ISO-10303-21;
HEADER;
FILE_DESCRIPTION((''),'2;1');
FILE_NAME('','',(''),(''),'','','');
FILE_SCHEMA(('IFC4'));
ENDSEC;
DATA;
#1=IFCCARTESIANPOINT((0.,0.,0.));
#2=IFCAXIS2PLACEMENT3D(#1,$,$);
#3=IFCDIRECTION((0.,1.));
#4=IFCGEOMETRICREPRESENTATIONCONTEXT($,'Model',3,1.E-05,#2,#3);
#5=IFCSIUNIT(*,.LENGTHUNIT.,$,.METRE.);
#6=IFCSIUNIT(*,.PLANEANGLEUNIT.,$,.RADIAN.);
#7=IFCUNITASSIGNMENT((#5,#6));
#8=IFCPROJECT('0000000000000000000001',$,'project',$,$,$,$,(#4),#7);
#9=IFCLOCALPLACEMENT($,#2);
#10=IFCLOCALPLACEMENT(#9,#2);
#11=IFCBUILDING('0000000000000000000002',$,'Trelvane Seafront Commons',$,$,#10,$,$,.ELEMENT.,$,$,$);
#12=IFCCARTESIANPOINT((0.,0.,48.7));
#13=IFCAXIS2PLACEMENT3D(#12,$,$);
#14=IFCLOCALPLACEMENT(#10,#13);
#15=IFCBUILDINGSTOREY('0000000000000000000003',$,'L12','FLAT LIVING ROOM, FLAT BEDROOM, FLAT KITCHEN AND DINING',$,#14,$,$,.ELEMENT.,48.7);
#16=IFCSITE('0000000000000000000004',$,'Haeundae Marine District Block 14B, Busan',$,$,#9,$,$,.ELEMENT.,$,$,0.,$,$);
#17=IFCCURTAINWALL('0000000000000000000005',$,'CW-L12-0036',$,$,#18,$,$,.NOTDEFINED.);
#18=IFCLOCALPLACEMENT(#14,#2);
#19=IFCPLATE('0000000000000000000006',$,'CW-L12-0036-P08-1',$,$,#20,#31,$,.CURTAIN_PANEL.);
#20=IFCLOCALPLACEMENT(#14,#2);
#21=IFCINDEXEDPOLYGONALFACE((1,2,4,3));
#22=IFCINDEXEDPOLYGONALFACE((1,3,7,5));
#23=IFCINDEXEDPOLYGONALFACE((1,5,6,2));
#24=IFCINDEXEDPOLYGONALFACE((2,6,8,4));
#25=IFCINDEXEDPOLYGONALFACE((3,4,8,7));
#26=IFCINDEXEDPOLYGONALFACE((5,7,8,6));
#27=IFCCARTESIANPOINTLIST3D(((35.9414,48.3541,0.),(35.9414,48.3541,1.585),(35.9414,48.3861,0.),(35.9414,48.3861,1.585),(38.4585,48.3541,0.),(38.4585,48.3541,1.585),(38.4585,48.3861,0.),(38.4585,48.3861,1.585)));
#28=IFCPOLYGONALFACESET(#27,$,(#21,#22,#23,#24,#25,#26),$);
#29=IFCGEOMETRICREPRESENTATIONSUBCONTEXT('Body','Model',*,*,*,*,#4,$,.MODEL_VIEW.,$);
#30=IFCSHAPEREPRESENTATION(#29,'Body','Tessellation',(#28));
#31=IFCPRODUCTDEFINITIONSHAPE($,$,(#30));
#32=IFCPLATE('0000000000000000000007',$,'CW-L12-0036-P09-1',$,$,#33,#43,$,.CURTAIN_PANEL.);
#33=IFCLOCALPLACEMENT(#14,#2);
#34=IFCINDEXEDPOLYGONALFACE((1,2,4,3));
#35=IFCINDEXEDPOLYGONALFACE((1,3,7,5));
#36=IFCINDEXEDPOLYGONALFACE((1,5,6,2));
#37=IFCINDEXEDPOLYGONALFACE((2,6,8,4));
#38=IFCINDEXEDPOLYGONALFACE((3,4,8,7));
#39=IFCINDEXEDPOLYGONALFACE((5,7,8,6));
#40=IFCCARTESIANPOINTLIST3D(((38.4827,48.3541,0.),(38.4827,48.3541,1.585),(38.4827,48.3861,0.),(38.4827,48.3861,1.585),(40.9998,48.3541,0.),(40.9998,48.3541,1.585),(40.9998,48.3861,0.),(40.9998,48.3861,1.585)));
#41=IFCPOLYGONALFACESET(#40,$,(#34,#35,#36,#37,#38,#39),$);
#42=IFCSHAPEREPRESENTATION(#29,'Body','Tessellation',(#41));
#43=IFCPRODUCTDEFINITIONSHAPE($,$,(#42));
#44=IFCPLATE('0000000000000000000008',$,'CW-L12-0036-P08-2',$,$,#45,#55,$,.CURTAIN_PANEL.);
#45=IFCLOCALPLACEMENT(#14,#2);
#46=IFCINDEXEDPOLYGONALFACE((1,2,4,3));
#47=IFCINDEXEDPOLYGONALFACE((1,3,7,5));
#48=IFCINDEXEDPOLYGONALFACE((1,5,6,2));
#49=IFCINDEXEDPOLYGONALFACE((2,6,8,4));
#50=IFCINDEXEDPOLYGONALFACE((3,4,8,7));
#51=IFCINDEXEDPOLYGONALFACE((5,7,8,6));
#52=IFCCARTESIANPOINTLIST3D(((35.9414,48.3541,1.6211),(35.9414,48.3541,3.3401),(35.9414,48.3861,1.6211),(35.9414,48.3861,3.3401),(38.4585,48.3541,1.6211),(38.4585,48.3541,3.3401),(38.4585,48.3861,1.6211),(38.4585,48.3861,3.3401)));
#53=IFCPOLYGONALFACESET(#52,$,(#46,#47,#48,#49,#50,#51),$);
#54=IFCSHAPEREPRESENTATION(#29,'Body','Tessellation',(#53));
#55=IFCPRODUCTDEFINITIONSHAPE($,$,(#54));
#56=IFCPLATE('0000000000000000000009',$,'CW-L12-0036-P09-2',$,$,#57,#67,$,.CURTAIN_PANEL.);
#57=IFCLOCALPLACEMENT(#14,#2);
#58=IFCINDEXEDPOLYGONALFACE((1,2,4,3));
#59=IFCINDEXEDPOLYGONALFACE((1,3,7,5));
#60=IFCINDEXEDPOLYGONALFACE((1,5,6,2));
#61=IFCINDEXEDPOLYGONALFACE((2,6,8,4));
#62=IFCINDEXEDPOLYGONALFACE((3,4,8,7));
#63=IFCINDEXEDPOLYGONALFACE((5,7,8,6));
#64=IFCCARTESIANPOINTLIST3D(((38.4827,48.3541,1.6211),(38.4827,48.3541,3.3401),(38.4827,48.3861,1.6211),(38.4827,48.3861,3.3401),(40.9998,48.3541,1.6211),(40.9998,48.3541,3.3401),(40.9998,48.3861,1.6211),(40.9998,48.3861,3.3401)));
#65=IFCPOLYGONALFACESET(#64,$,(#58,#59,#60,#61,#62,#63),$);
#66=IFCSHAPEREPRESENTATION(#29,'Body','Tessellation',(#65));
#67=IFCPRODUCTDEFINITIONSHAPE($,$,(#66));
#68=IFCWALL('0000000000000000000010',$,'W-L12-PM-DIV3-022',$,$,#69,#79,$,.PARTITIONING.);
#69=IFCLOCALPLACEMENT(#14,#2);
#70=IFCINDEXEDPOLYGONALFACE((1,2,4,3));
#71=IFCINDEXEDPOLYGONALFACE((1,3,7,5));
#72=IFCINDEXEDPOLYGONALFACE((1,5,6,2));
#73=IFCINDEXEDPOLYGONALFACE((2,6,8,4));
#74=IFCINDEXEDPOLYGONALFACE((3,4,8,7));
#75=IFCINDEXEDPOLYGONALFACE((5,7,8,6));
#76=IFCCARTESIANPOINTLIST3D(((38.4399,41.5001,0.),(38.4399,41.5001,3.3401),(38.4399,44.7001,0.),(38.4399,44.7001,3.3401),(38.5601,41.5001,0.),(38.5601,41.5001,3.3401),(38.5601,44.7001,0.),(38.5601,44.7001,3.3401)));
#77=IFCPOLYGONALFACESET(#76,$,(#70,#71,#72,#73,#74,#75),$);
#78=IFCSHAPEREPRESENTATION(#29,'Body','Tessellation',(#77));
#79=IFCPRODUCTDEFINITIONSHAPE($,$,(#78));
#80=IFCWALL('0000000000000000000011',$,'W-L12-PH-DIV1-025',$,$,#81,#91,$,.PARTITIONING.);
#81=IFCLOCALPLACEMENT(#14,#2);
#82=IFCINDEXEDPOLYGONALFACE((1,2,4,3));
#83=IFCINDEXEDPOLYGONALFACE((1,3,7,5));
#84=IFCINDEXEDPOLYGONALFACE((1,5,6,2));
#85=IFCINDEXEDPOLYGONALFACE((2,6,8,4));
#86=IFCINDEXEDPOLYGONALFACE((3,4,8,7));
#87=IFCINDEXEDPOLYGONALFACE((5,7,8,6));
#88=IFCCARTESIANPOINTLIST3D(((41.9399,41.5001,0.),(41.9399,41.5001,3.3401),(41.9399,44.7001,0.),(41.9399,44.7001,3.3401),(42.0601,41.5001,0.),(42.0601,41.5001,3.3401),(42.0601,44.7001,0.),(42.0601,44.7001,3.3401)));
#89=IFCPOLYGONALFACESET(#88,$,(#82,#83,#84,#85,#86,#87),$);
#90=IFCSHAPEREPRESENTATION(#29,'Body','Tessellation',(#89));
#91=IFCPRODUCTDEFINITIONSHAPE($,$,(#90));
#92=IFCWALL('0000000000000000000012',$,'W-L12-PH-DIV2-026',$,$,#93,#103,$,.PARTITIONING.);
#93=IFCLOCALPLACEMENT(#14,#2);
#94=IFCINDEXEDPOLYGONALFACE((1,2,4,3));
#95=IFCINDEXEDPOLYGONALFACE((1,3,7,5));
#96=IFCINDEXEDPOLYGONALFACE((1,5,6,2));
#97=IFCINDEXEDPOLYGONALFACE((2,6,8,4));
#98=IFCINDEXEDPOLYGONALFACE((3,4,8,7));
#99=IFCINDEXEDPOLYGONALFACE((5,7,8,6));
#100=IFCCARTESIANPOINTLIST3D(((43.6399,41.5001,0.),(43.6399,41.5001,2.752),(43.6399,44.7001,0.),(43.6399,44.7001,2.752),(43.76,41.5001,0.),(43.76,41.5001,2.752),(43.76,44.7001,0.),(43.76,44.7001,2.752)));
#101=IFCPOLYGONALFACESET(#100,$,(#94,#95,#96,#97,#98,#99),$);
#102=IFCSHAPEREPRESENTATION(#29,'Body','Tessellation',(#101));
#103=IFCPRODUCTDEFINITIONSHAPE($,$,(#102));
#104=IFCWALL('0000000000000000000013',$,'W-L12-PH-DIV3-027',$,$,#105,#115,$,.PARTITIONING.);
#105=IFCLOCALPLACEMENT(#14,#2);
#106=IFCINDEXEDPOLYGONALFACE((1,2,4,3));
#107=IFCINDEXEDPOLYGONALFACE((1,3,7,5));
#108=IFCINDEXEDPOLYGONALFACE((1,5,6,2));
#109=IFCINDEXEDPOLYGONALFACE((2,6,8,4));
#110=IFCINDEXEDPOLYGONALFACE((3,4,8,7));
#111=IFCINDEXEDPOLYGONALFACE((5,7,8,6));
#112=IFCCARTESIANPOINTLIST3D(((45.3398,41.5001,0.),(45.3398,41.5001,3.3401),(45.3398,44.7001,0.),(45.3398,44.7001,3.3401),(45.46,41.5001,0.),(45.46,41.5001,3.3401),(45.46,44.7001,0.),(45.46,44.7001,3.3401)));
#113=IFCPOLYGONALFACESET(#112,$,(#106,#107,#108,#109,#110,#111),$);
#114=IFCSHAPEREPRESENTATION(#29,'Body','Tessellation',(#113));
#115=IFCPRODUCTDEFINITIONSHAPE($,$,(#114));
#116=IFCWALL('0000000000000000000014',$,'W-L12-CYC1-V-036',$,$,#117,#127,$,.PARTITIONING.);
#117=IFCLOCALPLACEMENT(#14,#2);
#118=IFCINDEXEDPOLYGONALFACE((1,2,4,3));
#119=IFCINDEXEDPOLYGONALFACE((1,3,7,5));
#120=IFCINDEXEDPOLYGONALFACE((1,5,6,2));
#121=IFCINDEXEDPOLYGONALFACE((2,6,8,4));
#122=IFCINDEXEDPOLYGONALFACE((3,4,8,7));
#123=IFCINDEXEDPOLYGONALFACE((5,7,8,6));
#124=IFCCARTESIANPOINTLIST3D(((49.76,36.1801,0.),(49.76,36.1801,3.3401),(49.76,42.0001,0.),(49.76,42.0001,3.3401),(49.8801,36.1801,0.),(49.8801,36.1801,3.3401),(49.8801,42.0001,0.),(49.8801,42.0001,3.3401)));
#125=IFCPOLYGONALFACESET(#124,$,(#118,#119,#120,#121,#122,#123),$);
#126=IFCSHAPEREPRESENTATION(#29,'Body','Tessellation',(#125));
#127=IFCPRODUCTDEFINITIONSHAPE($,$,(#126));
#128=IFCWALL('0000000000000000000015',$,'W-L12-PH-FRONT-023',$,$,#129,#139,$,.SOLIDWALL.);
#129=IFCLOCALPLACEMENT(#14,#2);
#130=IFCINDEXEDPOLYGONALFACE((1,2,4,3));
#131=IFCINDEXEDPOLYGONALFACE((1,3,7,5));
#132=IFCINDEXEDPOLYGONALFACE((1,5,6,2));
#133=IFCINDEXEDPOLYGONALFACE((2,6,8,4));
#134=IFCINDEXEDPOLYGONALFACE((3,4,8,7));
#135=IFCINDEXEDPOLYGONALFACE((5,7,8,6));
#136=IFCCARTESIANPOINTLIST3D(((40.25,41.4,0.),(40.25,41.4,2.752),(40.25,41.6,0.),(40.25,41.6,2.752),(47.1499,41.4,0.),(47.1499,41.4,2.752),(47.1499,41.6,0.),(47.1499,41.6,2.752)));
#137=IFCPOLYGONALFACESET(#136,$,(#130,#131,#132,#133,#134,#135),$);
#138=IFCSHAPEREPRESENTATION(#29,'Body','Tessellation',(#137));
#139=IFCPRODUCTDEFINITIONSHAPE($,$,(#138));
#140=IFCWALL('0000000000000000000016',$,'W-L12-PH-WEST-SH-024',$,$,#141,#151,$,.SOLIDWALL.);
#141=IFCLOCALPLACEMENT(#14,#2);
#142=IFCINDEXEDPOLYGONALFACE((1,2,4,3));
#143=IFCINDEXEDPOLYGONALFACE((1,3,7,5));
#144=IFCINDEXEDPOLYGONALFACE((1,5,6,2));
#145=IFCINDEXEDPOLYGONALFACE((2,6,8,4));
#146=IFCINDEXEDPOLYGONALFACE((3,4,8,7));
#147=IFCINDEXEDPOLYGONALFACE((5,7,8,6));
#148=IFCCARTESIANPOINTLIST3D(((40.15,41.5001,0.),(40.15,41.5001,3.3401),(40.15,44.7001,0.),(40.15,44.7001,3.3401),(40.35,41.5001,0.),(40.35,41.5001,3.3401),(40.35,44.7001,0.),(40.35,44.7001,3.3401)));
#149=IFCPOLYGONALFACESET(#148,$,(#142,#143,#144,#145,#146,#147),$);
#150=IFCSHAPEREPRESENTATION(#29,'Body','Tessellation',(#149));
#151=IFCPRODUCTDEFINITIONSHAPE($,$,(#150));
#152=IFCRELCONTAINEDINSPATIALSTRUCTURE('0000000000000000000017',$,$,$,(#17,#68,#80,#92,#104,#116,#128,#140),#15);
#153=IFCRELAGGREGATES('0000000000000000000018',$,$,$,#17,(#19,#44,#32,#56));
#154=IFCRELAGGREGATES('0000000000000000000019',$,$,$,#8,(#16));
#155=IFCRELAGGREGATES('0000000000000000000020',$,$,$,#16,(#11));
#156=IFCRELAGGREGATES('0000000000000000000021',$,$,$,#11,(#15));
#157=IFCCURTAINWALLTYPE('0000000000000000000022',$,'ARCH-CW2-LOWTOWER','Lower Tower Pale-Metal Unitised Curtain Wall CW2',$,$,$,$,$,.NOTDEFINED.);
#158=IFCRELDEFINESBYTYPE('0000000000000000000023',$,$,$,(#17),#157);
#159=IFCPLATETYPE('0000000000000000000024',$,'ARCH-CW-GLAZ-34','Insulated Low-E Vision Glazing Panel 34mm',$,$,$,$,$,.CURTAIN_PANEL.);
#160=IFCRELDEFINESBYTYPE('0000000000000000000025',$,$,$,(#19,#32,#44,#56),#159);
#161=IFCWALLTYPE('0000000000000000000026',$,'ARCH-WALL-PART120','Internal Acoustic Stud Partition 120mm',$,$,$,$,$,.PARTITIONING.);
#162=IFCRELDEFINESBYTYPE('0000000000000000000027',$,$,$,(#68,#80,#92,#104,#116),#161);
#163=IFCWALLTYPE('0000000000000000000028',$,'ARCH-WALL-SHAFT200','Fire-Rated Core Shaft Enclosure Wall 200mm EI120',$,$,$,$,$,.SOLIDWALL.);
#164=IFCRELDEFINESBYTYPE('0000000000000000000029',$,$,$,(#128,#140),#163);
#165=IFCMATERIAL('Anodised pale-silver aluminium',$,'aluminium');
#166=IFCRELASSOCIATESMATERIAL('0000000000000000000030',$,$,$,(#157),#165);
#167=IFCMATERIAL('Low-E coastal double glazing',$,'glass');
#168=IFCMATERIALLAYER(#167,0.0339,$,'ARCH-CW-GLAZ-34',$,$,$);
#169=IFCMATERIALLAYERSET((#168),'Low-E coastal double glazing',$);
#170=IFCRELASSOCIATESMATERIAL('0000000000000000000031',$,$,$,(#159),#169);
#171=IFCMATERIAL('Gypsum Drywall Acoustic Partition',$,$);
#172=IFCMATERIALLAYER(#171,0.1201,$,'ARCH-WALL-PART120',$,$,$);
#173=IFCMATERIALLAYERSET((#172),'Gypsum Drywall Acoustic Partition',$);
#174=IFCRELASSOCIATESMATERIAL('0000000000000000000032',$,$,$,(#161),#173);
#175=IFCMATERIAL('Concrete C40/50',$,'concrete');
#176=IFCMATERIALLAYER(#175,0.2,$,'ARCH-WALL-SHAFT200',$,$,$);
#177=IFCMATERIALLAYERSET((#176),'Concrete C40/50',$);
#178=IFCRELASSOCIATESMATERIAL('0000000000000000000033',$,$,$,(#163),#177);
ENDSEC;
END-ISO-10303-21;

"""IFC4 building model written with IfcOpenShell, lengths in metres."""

from ifc_helpers import new_model, si_unit, direction, frame, frame_2d, origin, origin_2d, place, context, subcontext, project, spatial, rectangle, extrude, source, transform, mapped, material, layer, layer_set, type_object, element, aggregate, save


model = new_model("IFC4")

# Units and contexts
model_context = context("Model", 3, precision=1e-05, world=origin(), true_north=direction((0.0, 1.0)))
body_context = subcontext(model_context, "Body", "Model", "MODEL_VIEW")
ifc_project = project(units=[si_unit("LENGTHUNIT", "METRE"), si_unit("PLANEANGLEUNIT", "RADIAN")], contexts=[model_context])

# Site, building, storey
site_placement = place(None, origin())
site = spatial("IfcSite", under=ifc_project, at=site_placement, Name="Haeundae Marine District Block 14B, Busan", CompositionType="ELEMENT", RefElevation=0.0)
building_placement = place(site_placement, origin())
building = spatial("IfcBuilding", under=site, at=building_placement, Name="Trelvane Seafront Commons", CompositionType="ELEMENT")
storey_placement = place(building_placement, frame((0.0, 0.0, 48.7)))
storey = spatial("IfcBuildingStorey", under=building, at=storey_placement, Name="L12", Description="FLAT LIVING ROOM, FLAT BEDROOM, FLAT KITCHEN AND DINING", CompositionType="ELEMENT", Elevation=48.7)

# Curtain wall, plates
ifc_material_1 = material(Name="Anodised pale-silver aluminium", Category="aluminium")
curtain_wall_type = type_object("IfcCurtainWallType", Name="ARCH-CW2-LOWTOWER", Description="Lower Tower Pale-Metal Unitised Curtain Wall CW2", PredefinedType="NOTDEFINED", material=ifc_material_1)
curtain_wall_placement = place(storey_placement, origin())
curtain_wall = element("IfcCurtainWall", 1, at=curtain_wall_placement, inside=storey, type_object=curtain_wall_type, Name="CW-L12-0036", PredefinedType="NOTDEFINED")
ifc_material_2 = material(Name="Low-E coastal double glazing", Category="glass")
ifc_layer_1 = layer(ifc_material_2, 0.0339, Name="ARCH-CW-GLAZ-34")
ifc_layer_set_1 = layer_set([ifc_layer_1], Name="Low-E coastal double glazing")
plate_type = type_object("IfcPlateType", Name="ARCH-CW-GLAZ-34", Description="Insulated Low-E Vision Glazing Panel 34mm", PredefinedType="CURTAIN_PANEL", material=ifc_layer_set_1)
shared_shape_1 = source(origin(), body_context, "Body", "SweptSolid", [
    extrude(rectangle(XDim=2.5171, YDim=0.032, at=origin_2d()), origin(), (0.0, 0.0, 1.0), 1.585),
])
plate_1_placement = place(storey_placement, frame((37.2, 48.3701, 0.0), z_axis=(0.0, 0.0, 1.0), x_axis=(1.0, 0.0, 0.0)))
plate_1 = element("IfcPlate", 2, at=plate_1_placement, type_object=plate_type, Name="CW-L12-0036-P08-1", PredefinedType="CURTAIN_PANEL", context=body_context, shape_type="MappedRepresentation", body=[
    mapped(shared_shape_1, transform((0.0, 0.0, 0.0), x_axis=(1.0, 0.0, 0.0), y_axis=(0.0, 1.0, 0.0), z_axis=(0.0, 0.0, 1.0), scale=1.0)),
])
plate_2_placement = place(storey_placement, frame((39.7412, 48.3701, 0.0), z_axis=(0.0, 0.0, 1.0), x_axis=(1.0, 0.0, 0.0)))
plate_2 = element("IfcPlate", 3, at=plate_2_placement, type_object=plate_type, Name="CW-L12-0036-P09-1", PredefinedType="CURTAIN_PANEL", context=body_context, shape_type="MappedRepresentation", body=[
    mapped(shared_shape_1, transform((0.0, 0.0, 0.0), x_axis=(1.0, 0.0, 0.0), y_axis=(0.0, 1.0, 0.0), z_axis=(0.0, 0.0, 1.0), scale=1.0)),
])
shared_shape_2 = source(origin(), body_context, "Body", "SweptSolid", [
    extrude(rectangle(XDim=2.5171, YDim=0.032, at=origin_2d()), origin(), (0.0, 0.0, 1.0), 1.719),
])
plate_3_placement = place(storey_placement, frame((37.2, 48.3701, 1.6211), z_axis=(0.0, 0.0, 1.0), x_axis=(1.0, 0.0, 0.0)))
plate_3 = element("IfcPlate", 4, at=plate_3_placement, type_object=plate_type, Name="CW-L12-0036-P08-2", PredefinedType="CURTAIN_PANEL", context=body_context, shape_type="MappedRepresentation", body=[
    mapped(shared_shape_2, transform((0.0, 0.0, 0.0), x_axis=(1.0, 0.0, 0.0), y_axis=(0.0, 1.0, 0.0), z_axis=(0.0, 0.0, 1.0), scale=1.0)),
])
plate_4_placement = place(storey_placement, frame((39.7412, 48.3701, 1.6211), z_axis=(0.0, 0.0, 1.0), x_axis=(1.0, 0.0, 0.0)))
plate_4 = element("IfcPlate", 5, at=plate_4_placement, type_object=plate_type, Name="CW-L12-0036-P09-2", PredefinedType="CURTAIN_PANEL", context=body_context, shape_type="MappedRepresentation", body=[
    mapped(shared_shape_2, transform((0.0, 0.0, 0.0), x_axis=(1.0, 0.0, 0.0), y_axis=(0.0, 1.0, 0.0), z_axis=(0.0, 0.0, 1.0), scale=1.0)),
])
aggregate(curtain_wall, [plate_1, plate_3, plate_2, plate_4])

# Walls
ifc_material_3 = material(Name="Gypsum Drywall Acoustic Partition")
ifc_layer_2 = layer(ifc_material_3, 0.1201, Name="ARCH-WALL-PART120")
ifc_layer_set_2 = layer_set([ifc_layer_2], Name="Gypsum Drywall Acoustic Partition")
wall_type_1 = type_object("IfcWallType", Name="ARCH-WALL-PART120", Description="Internal Acoustic Stud Partition 120mm", PredefinedType="PARTITIONING", material=ifc_layer_set_2)
for number, where, z_axis, x_axis, name in (
    (6, (38.5, 41.5, 0.0), (0.0, 0.0, 1.0), (0.0, 1.0, 0.0), "W-L12-PM-DIV3-022"),
    (7, (42.0, 41.5, 0.0), (0.0, 0.0, 1.0), (0.0, 1.0, 0.0), "W-L12-PH-DIV1-025"),
):
    element("IfcWall", number, at=place(storey_placement, frame(where, z_axis=z_axis, x_axis=x_axis)), inside=storey, type_object=wall_type_1, Name=name, PredefinedType="PARTITIONING", context=body_context, shape_type="SweptSolid", body=[
        extrude(rectangle(XDim=3.2, YDim=0.1201, at=frame_2d((1.6001, 0.0))), origin(), (0.0, 0.0, 1.0), 3.3401),
    ])
wall_1_placement = place(storey_placement, frame((43.7, 41.5, 0.0), z_axis=(0.0, 0.0, 1.0), x_axis=(0.0, 1.0, 0.0)))
element("IfcWall", 8, at=wall_1_placement, inside=storey, type_object=wall_type_1, Name="W-L12-PH-DIV2-026", PredefinedType="PARTITIONING", context=body_context, shape_type="SweptSolid", body=[
    extrude(rectangle(XDim=3.2, YDim=0.1201, at=frame_2d((1.6001, 0.0))), origin(), (0.0, 0.0, 1.0), 2.752),
])
wall_2_placement = place(storey_placement, frame((45.3999, 41.5, 0.0), z_axis=(0.0, 0.0, 1.0), x_axis=(0.0, 1.0, 0.0)))
element("IfcWall", 9, at=wall_2_placement, inside=storey, type_object=wall_type_1, Name="W-L12-PH-DIV3-027", PredefinedType="PARTITIONING", context=body_context, shape_type="SweptSolid", body=[
    extrude(rectangle(XDim=3.2, YDim=0.1201, at=frame_2d((1.6001, 0.0))), origin(), (0.0, 0.0, 1.0), 3.3401),
])

# Wall
wall_3_placement = place(storey_placement, frame((49.8201, 36.1799, 0.0), z_axis=(0.0, 0.0, 1.0), x_axis=(0.0, 1.0, 0.0)))
element("IfcWall", 10, at=wall_3_placement, inside=storey, type_object=wall_type_1, Name="W-L12-CYC1-V-036", PredefinedType="PARTITIONING", context=body_context, shape_type="SweptSolid", body=[
    extrude(rectangle(XDim=5.8201, YDim=0.1201, at=frame_2d((2.9102, 0.0))), origin(), (0.0, 0.0, 1.0), 3.3401),
])

# Walls
ifc_material_4 = material(Name="Concrete C40/50", Category="concrete")
ifc_layer_3 = layer(ifc_material_4, 0.2, Name="ARCH-WALL-SHAFT200")
ifc_layer_set_3 = layer_set([ifc_layer_3], Name="Concrete C40/50")
wall_type_2 = type_object("IfcWallType", Name="ARCH-WALL-SHAFT200", Description="Fire-Rated Core Shaft Enclosure Wall 200mm EI120", PredefinedType="SOLIDWALL", material=ifc_layer_set_3)
wall_4_placement = place(storey_placement, frame((40.25, 41.5, 0.0), z_axis=(0.0, 0.0, 1.0), x_axis=(1.0, 0.0, 0.0)))
element("IfcWall", 11, at=wall_4_placement, inside=storey, type_object=wall_type_2, Name="W-L12-PH-FRONT-023", PredefinedType="SOLIDWALL", context=body_context, shape_type="SweptSolid", body=[
    extrude(rectangle(XDim=6.8999, YDim=0.2, at=frame_2d((3.45, 0.0))), origin(), (0.0, 0.0, 1.0), 2.752),
])
wall_5_placement = place(storey_placement, frame((40.25, 41.5, 0.0), z_axis=(0.0, 0.0, 1.0), x_axis=(0.0, 1.0, 0.0)))
element("IfcWall", 12, at=wall_5_placement, inside=storey, type_object=wall_type_2, Name="W-L12-PH-WEST-SH-024", PredefinedType="SOLIDWALL", context=body_context, shape_type="SweptSolid", body=[
    extrude(rectangle(XDim=3.2, YDim=0.2, at=frame_2d((1.6001, 0.0))), origin(), (0.0, 0.0, 1.0), 3.3401),
])

save(model, "model.ifc")
